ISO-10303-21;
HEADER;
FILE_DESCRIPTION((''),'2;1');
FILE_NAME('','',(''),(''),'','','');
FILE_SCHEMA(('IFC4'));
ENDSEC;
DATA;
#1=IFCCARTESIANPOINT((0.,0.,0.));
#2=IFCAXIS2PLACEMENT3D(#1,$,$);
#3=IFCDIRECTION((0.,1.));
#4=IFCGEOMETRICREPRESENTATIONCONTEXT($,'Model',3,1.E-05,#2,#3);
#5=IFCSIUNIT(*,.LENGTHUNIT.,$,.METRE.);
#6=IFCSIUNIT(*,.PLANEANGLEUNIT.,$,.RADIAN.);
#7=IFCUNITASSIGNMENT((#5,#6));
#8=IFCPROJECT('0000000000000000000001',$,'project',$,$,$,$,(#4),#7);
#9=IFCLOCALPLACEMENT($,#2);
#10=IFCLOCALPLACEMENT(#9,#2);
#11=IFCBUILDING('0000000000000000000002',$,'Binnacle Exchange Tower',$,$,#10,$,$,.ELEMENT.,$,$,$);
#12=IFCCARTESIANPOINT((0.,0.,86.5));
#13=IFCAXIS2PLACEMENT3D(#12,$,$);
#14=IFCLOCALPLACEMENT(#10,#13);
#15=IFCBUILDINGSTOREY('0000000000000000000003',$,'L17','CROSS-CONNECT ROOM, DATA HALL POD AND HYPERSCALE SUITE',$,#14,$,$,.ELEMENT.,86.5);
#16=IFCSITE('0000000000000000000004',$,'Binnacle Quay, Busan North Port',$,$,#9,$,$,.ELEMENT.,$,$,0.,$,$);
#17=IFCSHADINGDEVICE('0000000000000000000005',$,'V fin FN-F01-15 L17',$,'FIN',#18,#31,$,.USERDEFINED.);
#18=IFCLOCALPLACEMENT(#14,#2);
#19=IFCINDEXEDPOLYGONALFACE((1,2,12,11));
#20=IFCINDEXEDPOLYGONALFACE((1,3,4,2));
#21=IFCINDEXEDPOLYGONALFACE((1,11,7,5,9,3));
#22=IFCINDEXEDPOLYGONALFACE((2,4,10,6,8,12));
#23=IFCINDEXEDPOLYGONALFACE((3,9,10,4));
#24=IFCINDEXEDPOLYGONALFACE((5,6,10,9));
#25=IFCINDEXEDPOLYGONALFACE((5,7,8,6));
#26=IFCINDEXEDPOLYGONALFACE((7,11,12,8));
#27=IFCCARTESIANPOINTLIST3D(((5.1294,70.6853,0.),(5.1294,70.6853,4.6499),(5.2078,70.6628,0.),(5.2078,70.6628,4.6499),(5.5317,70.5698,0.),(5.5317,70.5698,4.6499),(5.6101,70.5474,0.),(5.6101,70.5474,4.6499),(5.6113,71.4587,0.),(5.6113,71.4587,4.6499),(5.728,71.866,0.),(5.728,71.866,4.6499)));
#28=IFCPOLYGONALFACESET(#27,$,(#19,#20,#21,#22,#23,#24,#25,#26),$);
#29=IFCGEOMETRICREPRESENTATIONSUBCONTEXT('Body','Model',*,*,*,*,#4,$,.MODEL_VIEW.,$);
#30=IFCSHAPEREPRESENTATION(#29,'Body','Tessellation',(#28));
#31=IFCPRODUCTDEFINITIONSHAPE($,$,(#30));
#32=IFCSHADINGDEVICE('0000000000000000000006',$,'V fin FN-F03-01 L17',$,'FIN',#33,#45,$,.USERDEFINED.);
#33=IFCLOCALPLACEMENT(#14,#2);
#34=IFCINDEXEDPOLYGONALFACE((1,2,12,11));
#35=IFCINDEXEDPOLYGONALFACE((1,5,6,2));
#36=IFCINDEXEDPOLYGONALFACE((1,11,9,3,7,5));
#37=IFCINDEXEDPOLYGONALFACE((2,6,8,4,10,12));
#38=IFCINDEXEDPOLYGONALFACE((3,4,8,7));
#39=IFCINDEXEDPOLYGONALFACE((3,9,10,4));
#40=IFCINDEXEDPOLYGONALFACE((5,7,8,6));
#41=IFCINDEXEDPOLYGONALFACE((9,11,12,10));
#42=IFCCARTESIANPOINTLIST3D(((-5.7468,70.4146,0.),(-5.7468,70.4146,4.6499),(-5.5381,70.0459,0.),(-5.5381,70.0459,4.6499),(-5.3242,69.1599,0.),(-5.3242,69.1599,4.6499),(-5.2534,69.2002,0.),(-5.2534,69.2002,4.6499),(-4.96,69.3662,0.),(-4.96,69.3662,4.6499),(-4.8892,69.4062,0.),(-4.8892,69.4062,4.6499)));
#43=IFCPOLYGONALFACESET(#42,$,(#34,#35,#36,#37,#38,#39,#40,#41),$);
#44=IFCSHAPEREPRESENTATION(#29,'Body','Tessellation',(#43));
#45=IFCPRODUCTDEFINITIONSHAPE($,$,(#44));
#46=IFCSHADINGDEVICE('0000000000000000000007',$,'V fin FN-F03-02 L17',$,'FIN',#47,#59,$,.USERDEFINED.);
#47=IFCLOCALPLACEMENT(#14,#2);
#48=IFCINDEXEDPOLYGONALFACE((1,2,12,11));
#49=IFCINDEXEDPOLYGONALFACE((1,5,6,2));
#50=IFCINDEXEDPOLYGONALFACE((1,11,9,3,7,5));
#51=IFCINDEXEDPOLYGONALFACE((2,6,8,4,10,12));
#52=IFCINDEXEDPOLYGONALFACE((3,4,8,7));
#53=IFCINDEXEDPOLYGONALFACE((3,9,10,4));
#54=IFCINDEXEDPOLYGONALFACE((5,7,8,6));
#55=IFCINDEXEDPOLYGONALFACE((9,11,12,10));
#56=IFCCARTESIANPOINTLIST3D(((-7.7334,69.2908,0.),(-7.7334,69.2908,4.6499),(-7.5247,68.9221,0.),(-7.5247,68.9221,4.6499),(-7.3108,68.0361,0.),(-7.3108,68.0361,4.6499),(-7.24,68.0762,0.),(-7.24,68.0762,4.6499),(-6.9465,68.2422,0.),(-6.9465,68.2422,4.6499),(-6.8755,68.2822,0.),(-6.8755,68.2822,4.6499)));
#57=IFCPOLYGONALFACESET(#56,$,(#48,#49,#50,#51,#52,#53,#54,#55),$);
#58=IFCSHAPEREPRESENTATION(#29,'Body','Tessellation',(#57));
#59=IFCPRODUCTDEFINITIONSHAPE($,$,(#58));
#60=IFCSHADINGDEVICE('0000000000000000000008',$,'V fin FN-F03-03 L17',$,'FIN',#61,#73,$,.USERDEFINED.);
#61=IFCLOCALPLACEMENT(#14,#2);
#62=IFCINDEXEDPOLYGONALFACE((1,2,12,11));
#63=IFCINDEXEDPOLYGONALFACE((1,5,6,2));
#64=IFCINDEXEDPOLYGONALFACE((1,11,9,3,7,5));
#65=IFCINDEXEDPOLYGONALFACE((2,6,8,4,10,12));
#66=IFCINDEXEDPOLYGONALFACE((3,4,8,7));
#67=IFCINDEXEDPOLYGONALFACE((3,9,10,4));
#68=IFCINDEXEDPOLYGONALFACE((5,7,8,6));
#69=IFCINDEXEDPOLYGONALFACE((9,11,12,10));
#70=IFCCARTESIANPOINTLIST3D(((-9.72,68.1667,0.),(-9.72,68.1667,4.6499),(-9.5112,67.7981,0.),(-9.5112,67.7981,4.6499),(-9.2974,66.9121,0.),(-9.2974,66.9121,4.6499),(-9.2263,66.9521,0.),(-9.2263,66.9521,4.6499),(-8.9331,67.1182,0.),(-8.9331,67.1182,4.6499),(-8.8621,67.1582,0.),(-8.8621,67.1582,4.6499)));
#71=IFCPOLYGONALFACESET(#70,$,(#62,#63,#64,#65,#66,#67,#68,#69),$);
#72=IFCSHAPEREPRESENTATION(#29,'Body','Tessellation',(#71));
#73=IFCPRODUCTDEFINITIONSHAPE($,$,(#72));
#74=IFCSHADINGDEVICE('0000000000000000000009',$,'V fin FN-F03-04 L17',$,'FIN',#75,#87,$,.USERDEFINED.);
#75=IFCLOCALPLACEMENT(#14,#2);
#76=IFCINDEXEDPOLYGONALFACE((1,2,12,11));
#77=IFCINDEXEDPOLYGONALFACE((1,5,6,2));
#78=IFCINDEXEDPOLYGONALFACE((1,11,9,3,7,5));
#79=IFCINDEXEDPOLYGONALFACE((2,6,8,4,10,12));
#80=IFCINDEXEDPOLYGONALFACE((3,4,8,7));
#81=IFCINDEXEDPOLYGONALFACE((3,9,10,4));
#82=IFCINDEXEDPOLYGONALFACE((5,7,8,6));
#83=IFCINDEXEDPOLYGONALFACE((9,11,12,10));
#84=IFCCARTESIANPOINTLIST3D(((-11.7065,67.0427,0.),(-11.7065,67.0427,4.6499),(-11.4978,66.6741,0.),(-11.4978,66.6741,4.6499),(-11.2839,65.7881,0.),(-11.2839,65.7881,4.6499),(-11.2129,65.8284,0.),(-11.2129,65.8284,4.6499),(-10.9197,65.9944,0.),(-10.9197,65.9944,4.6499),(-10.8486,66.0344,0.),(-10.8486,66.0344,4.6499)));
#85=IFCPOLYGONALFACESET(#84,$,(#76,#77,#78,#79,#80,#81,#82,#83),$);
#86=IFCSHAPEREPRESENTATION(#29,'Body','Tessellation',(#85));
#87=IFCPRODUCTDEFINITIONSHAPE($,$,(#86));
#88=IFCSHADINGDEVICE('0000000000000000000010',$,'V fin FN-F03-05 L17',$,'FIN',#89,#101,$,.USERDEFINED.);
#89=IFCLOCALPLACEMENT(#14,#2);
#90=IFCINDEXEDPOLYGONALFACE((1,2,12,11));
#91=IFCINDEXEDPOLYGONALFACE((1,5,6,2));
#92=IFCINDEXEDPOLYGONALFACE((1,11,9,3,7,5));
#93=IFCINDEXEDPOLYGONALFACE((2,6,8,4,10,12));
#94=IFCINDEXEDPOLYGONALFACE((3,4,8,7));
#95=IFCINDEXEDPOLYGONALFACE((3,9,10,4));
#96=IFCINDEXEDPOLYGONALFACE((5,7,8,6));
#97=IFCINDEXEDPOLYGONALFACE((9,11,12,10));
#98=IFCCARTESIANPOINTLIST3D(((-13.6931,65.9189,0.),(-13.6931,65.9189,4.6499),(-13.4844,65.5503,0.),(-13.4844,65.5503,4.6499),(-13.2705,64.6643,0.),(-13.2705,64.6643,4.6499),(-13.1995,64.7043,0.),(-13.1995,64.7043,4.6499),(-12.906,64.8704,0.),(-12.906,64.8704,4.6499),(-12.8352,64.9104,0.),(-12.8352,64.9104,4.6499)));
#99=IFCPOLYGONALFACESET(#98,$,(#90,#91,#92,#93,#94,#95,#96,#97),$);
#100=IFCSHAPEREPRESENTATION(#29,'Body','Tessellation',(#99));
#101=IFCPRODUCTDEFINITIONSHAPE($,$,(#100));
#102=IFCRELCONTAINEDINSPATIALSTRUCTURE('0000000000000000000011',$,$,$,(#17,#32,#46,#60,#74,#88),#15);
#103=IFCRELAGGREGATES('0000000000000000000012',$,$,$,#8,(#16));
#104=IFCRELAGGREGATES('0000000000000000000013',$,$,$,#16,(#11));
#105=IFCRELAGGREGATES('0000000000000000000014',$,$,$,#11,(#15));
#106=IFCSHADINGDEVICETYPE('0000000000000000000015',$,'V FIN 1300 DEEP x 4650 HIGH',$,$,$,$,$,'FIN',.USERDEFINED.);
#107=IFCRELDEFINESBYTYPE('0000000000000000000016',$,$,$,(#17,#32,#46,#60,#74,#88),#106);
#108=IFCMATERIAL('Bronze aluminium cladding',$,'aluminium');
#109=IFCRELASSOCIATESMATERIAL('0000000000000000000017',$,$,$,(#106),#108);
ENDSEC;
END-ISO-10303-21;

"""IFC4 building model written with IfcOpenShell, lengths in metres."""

from ifc_helpers import new_model, si_unit, direction, frame, origin, place, context, subcontext, project, spatial, polyline, outline, extrude, material, type_object, element, save


model = new_model("IFC4")

# Units and contexts
model_context = context("Model", 3, precision=1e-05, world=origin(), true_north=direction((0.0, 1.0)))
body_context = subcontext(model_context, "Body", "Model", "MODEL_VIEW")
ifc_project = project(units=[si_unit("LENGTHUNIT", "METRE"), si_unit("PLANEANGLEUNIT", "RADIAN")], contexts=[model_context])

# Site, building, storey
site_placement = place(None, origin())
site = spatial("IfcSite", under=ifc_project, at=site_placement, Name="Binnacle Quay, Busan North Port", CompositionType="ELEMENT", RefElevation=0.0)
building_placement = place(site_placement, origin())
building = spatial("IfcBuilding", under=site, at=building_placement, Name="Binnacle Exchange Tower", CompositionType="ELEMENT")
storey_placement = place(building_placement, frame((0.0, 0.0, 86.5)))
storey = spatial("IfcBuildingStorey", under=building, at=storey_placement, Name="L17", Description="CROSS-CONNECT ROOM, DATA HALL POD AND HYPERSCALE SUITE", CompositionType="ELEMENT", Elevation=86.5)

# Shading devices
ifc_material_1 = material(Name="Bronze aluminium cladding", Category="aluminium")
shading_device_type = type_object("IfcShadingDeviceType", Name="V FIN 1300 DEEP x 4650 HIGH", ElementType="FIN", PredefinedType="USERDEFINED", material=ifc_material_1)
shading_device_1_placement = place(storey_placement, origin())
element("IfcShadingDevice", 1, at=shading_device_1_placement, inside=storey, type_object=shading_device_type, Name="V fin FN-F01-15 L17", ObjectType="FIN", PredefinedType="USERDEFINED", context=body_context, shape_type="SweptSolid", body=[
    extrude(outline(polyline([(5.6101, 70.5474), (5.728, 71.866), (5.1294, 70.6853), (5.2078, 70.6628), (5.6113, 71.4587), (5.5317, 70.5698), (5.6101, 70.5474)])), origin(), (0.0, 0.0, 1.0), 4.6499),
])
shading_device_2_placement = place(storey_placement, origin())
element("IfcShadingDevice", 2, at=shading_device_2_placement, inside=storey, type_object=shading_device_type, Name="V fin FN-F03-01 L17", ObjectType="FIN", PredefinedType="USERDEFINED", context=body_context, shape_type="SweptSolid", body=[
    extrude(outline(polyline([(-4.8892, 69.4062), (-5.7468, 70.4146), (-5.3242, 69.1599), (-5.2534, 69.2002), (-5.5381, 70.0459), (-4.96, 69.3662), (-4.8892, 69.4062)])), origin(), (0.0, 0.0, 1.0), 4.6499),
])
shading_device_3_placement = place(storey_placement, origin())
element("IfcShadingDevice", 3, at=shading_device_3_placement, inside=storey, type_object=shading_device_type, Name="V fin FN-F03-02 L17", ObjectType="FIN", PredefinedType="USERDEFINED", context=body_context, shape_type="SweptSolid", body=[
    extrude(outline(polyline([(-6.8755, 68.2822), (-7.7334, 69.2908), (-7.3108, 68.0361), (-7.24, 68.0762), (-7.5247, 68.9221), (-6.9465, 68.2422), (-6.8755, 68.2822)])), origin(), (0.0, 0.0, 1.0), 4.6499),
])
shading_device_4_placement = place(storey_placement, origin())
element("IfcShadingDevice", 4, at=shading_device_4_placement, inside=storey, type_object=shading_device_type, Name="V fin FN-F03-03 L17", ObjectType="FIN", PredefinedType="USERDEFINED", context=body_context, shape_type="SweptSolid", body=[
    extrude(outline(polyline([(-8.8621, 67.1582), (-9.72, 68.1667), (-9.2974, 66.9121), (-9.2263, 66.9521), (-9.5112, 67.7981), (-8.9331, 67.1182), (-8.8621, 67.1582)])), origin(), (0.0, 0.0, 1.0), 4.6499),
])
shading_device_5_placement = place(storey_placement, origin())
element("IfcShadingDevice", 5, at=shading_device_5_placement, inside=storey, type_object=shading_device_type, Name="V fin FN-F03-04 L17", ObjectType="FIN", PredefinedType="USERDEFINED", context=body_context, shape_type="SweptSolid", body=[
    extrude(outline(polyline([(-10.8486, 66.0344), (-11.7065, 67.0427), (-11.2839, 65.7881), (-11.2129, 65.8284), (-11.4978, 66.6741), (-10.9197, 65.9944), (-10.8486, 66.0344)])), origin(), (0.0, 0.0, 1.0), 4.6499),
])
shading_device_6_placement = place(storey_placement, origin())
element("IfcShadingDevice", 6, at=shading_device_6_placement, inside=storey, type_object=shading_device_type, Name="V fin FN-F03-05 L17", ObjectType="FIN", PredefinedType="USERDEFINED", context=body_context, shape_type="SweptSolid", body=[
    extrude(outline(polyline([(-12.8352, 64.9104), (-13.6931, 65.9189), (-13.2705, 64.6643), (-13.1995, 64.7043), (-13.4844, 65.5503), (-12.906, 64.8704), (-12.8352, 64.9104)])), origin(), (0.0, 0.0, 1.0), 4.6499),
])

save(model, "model.ifc")
